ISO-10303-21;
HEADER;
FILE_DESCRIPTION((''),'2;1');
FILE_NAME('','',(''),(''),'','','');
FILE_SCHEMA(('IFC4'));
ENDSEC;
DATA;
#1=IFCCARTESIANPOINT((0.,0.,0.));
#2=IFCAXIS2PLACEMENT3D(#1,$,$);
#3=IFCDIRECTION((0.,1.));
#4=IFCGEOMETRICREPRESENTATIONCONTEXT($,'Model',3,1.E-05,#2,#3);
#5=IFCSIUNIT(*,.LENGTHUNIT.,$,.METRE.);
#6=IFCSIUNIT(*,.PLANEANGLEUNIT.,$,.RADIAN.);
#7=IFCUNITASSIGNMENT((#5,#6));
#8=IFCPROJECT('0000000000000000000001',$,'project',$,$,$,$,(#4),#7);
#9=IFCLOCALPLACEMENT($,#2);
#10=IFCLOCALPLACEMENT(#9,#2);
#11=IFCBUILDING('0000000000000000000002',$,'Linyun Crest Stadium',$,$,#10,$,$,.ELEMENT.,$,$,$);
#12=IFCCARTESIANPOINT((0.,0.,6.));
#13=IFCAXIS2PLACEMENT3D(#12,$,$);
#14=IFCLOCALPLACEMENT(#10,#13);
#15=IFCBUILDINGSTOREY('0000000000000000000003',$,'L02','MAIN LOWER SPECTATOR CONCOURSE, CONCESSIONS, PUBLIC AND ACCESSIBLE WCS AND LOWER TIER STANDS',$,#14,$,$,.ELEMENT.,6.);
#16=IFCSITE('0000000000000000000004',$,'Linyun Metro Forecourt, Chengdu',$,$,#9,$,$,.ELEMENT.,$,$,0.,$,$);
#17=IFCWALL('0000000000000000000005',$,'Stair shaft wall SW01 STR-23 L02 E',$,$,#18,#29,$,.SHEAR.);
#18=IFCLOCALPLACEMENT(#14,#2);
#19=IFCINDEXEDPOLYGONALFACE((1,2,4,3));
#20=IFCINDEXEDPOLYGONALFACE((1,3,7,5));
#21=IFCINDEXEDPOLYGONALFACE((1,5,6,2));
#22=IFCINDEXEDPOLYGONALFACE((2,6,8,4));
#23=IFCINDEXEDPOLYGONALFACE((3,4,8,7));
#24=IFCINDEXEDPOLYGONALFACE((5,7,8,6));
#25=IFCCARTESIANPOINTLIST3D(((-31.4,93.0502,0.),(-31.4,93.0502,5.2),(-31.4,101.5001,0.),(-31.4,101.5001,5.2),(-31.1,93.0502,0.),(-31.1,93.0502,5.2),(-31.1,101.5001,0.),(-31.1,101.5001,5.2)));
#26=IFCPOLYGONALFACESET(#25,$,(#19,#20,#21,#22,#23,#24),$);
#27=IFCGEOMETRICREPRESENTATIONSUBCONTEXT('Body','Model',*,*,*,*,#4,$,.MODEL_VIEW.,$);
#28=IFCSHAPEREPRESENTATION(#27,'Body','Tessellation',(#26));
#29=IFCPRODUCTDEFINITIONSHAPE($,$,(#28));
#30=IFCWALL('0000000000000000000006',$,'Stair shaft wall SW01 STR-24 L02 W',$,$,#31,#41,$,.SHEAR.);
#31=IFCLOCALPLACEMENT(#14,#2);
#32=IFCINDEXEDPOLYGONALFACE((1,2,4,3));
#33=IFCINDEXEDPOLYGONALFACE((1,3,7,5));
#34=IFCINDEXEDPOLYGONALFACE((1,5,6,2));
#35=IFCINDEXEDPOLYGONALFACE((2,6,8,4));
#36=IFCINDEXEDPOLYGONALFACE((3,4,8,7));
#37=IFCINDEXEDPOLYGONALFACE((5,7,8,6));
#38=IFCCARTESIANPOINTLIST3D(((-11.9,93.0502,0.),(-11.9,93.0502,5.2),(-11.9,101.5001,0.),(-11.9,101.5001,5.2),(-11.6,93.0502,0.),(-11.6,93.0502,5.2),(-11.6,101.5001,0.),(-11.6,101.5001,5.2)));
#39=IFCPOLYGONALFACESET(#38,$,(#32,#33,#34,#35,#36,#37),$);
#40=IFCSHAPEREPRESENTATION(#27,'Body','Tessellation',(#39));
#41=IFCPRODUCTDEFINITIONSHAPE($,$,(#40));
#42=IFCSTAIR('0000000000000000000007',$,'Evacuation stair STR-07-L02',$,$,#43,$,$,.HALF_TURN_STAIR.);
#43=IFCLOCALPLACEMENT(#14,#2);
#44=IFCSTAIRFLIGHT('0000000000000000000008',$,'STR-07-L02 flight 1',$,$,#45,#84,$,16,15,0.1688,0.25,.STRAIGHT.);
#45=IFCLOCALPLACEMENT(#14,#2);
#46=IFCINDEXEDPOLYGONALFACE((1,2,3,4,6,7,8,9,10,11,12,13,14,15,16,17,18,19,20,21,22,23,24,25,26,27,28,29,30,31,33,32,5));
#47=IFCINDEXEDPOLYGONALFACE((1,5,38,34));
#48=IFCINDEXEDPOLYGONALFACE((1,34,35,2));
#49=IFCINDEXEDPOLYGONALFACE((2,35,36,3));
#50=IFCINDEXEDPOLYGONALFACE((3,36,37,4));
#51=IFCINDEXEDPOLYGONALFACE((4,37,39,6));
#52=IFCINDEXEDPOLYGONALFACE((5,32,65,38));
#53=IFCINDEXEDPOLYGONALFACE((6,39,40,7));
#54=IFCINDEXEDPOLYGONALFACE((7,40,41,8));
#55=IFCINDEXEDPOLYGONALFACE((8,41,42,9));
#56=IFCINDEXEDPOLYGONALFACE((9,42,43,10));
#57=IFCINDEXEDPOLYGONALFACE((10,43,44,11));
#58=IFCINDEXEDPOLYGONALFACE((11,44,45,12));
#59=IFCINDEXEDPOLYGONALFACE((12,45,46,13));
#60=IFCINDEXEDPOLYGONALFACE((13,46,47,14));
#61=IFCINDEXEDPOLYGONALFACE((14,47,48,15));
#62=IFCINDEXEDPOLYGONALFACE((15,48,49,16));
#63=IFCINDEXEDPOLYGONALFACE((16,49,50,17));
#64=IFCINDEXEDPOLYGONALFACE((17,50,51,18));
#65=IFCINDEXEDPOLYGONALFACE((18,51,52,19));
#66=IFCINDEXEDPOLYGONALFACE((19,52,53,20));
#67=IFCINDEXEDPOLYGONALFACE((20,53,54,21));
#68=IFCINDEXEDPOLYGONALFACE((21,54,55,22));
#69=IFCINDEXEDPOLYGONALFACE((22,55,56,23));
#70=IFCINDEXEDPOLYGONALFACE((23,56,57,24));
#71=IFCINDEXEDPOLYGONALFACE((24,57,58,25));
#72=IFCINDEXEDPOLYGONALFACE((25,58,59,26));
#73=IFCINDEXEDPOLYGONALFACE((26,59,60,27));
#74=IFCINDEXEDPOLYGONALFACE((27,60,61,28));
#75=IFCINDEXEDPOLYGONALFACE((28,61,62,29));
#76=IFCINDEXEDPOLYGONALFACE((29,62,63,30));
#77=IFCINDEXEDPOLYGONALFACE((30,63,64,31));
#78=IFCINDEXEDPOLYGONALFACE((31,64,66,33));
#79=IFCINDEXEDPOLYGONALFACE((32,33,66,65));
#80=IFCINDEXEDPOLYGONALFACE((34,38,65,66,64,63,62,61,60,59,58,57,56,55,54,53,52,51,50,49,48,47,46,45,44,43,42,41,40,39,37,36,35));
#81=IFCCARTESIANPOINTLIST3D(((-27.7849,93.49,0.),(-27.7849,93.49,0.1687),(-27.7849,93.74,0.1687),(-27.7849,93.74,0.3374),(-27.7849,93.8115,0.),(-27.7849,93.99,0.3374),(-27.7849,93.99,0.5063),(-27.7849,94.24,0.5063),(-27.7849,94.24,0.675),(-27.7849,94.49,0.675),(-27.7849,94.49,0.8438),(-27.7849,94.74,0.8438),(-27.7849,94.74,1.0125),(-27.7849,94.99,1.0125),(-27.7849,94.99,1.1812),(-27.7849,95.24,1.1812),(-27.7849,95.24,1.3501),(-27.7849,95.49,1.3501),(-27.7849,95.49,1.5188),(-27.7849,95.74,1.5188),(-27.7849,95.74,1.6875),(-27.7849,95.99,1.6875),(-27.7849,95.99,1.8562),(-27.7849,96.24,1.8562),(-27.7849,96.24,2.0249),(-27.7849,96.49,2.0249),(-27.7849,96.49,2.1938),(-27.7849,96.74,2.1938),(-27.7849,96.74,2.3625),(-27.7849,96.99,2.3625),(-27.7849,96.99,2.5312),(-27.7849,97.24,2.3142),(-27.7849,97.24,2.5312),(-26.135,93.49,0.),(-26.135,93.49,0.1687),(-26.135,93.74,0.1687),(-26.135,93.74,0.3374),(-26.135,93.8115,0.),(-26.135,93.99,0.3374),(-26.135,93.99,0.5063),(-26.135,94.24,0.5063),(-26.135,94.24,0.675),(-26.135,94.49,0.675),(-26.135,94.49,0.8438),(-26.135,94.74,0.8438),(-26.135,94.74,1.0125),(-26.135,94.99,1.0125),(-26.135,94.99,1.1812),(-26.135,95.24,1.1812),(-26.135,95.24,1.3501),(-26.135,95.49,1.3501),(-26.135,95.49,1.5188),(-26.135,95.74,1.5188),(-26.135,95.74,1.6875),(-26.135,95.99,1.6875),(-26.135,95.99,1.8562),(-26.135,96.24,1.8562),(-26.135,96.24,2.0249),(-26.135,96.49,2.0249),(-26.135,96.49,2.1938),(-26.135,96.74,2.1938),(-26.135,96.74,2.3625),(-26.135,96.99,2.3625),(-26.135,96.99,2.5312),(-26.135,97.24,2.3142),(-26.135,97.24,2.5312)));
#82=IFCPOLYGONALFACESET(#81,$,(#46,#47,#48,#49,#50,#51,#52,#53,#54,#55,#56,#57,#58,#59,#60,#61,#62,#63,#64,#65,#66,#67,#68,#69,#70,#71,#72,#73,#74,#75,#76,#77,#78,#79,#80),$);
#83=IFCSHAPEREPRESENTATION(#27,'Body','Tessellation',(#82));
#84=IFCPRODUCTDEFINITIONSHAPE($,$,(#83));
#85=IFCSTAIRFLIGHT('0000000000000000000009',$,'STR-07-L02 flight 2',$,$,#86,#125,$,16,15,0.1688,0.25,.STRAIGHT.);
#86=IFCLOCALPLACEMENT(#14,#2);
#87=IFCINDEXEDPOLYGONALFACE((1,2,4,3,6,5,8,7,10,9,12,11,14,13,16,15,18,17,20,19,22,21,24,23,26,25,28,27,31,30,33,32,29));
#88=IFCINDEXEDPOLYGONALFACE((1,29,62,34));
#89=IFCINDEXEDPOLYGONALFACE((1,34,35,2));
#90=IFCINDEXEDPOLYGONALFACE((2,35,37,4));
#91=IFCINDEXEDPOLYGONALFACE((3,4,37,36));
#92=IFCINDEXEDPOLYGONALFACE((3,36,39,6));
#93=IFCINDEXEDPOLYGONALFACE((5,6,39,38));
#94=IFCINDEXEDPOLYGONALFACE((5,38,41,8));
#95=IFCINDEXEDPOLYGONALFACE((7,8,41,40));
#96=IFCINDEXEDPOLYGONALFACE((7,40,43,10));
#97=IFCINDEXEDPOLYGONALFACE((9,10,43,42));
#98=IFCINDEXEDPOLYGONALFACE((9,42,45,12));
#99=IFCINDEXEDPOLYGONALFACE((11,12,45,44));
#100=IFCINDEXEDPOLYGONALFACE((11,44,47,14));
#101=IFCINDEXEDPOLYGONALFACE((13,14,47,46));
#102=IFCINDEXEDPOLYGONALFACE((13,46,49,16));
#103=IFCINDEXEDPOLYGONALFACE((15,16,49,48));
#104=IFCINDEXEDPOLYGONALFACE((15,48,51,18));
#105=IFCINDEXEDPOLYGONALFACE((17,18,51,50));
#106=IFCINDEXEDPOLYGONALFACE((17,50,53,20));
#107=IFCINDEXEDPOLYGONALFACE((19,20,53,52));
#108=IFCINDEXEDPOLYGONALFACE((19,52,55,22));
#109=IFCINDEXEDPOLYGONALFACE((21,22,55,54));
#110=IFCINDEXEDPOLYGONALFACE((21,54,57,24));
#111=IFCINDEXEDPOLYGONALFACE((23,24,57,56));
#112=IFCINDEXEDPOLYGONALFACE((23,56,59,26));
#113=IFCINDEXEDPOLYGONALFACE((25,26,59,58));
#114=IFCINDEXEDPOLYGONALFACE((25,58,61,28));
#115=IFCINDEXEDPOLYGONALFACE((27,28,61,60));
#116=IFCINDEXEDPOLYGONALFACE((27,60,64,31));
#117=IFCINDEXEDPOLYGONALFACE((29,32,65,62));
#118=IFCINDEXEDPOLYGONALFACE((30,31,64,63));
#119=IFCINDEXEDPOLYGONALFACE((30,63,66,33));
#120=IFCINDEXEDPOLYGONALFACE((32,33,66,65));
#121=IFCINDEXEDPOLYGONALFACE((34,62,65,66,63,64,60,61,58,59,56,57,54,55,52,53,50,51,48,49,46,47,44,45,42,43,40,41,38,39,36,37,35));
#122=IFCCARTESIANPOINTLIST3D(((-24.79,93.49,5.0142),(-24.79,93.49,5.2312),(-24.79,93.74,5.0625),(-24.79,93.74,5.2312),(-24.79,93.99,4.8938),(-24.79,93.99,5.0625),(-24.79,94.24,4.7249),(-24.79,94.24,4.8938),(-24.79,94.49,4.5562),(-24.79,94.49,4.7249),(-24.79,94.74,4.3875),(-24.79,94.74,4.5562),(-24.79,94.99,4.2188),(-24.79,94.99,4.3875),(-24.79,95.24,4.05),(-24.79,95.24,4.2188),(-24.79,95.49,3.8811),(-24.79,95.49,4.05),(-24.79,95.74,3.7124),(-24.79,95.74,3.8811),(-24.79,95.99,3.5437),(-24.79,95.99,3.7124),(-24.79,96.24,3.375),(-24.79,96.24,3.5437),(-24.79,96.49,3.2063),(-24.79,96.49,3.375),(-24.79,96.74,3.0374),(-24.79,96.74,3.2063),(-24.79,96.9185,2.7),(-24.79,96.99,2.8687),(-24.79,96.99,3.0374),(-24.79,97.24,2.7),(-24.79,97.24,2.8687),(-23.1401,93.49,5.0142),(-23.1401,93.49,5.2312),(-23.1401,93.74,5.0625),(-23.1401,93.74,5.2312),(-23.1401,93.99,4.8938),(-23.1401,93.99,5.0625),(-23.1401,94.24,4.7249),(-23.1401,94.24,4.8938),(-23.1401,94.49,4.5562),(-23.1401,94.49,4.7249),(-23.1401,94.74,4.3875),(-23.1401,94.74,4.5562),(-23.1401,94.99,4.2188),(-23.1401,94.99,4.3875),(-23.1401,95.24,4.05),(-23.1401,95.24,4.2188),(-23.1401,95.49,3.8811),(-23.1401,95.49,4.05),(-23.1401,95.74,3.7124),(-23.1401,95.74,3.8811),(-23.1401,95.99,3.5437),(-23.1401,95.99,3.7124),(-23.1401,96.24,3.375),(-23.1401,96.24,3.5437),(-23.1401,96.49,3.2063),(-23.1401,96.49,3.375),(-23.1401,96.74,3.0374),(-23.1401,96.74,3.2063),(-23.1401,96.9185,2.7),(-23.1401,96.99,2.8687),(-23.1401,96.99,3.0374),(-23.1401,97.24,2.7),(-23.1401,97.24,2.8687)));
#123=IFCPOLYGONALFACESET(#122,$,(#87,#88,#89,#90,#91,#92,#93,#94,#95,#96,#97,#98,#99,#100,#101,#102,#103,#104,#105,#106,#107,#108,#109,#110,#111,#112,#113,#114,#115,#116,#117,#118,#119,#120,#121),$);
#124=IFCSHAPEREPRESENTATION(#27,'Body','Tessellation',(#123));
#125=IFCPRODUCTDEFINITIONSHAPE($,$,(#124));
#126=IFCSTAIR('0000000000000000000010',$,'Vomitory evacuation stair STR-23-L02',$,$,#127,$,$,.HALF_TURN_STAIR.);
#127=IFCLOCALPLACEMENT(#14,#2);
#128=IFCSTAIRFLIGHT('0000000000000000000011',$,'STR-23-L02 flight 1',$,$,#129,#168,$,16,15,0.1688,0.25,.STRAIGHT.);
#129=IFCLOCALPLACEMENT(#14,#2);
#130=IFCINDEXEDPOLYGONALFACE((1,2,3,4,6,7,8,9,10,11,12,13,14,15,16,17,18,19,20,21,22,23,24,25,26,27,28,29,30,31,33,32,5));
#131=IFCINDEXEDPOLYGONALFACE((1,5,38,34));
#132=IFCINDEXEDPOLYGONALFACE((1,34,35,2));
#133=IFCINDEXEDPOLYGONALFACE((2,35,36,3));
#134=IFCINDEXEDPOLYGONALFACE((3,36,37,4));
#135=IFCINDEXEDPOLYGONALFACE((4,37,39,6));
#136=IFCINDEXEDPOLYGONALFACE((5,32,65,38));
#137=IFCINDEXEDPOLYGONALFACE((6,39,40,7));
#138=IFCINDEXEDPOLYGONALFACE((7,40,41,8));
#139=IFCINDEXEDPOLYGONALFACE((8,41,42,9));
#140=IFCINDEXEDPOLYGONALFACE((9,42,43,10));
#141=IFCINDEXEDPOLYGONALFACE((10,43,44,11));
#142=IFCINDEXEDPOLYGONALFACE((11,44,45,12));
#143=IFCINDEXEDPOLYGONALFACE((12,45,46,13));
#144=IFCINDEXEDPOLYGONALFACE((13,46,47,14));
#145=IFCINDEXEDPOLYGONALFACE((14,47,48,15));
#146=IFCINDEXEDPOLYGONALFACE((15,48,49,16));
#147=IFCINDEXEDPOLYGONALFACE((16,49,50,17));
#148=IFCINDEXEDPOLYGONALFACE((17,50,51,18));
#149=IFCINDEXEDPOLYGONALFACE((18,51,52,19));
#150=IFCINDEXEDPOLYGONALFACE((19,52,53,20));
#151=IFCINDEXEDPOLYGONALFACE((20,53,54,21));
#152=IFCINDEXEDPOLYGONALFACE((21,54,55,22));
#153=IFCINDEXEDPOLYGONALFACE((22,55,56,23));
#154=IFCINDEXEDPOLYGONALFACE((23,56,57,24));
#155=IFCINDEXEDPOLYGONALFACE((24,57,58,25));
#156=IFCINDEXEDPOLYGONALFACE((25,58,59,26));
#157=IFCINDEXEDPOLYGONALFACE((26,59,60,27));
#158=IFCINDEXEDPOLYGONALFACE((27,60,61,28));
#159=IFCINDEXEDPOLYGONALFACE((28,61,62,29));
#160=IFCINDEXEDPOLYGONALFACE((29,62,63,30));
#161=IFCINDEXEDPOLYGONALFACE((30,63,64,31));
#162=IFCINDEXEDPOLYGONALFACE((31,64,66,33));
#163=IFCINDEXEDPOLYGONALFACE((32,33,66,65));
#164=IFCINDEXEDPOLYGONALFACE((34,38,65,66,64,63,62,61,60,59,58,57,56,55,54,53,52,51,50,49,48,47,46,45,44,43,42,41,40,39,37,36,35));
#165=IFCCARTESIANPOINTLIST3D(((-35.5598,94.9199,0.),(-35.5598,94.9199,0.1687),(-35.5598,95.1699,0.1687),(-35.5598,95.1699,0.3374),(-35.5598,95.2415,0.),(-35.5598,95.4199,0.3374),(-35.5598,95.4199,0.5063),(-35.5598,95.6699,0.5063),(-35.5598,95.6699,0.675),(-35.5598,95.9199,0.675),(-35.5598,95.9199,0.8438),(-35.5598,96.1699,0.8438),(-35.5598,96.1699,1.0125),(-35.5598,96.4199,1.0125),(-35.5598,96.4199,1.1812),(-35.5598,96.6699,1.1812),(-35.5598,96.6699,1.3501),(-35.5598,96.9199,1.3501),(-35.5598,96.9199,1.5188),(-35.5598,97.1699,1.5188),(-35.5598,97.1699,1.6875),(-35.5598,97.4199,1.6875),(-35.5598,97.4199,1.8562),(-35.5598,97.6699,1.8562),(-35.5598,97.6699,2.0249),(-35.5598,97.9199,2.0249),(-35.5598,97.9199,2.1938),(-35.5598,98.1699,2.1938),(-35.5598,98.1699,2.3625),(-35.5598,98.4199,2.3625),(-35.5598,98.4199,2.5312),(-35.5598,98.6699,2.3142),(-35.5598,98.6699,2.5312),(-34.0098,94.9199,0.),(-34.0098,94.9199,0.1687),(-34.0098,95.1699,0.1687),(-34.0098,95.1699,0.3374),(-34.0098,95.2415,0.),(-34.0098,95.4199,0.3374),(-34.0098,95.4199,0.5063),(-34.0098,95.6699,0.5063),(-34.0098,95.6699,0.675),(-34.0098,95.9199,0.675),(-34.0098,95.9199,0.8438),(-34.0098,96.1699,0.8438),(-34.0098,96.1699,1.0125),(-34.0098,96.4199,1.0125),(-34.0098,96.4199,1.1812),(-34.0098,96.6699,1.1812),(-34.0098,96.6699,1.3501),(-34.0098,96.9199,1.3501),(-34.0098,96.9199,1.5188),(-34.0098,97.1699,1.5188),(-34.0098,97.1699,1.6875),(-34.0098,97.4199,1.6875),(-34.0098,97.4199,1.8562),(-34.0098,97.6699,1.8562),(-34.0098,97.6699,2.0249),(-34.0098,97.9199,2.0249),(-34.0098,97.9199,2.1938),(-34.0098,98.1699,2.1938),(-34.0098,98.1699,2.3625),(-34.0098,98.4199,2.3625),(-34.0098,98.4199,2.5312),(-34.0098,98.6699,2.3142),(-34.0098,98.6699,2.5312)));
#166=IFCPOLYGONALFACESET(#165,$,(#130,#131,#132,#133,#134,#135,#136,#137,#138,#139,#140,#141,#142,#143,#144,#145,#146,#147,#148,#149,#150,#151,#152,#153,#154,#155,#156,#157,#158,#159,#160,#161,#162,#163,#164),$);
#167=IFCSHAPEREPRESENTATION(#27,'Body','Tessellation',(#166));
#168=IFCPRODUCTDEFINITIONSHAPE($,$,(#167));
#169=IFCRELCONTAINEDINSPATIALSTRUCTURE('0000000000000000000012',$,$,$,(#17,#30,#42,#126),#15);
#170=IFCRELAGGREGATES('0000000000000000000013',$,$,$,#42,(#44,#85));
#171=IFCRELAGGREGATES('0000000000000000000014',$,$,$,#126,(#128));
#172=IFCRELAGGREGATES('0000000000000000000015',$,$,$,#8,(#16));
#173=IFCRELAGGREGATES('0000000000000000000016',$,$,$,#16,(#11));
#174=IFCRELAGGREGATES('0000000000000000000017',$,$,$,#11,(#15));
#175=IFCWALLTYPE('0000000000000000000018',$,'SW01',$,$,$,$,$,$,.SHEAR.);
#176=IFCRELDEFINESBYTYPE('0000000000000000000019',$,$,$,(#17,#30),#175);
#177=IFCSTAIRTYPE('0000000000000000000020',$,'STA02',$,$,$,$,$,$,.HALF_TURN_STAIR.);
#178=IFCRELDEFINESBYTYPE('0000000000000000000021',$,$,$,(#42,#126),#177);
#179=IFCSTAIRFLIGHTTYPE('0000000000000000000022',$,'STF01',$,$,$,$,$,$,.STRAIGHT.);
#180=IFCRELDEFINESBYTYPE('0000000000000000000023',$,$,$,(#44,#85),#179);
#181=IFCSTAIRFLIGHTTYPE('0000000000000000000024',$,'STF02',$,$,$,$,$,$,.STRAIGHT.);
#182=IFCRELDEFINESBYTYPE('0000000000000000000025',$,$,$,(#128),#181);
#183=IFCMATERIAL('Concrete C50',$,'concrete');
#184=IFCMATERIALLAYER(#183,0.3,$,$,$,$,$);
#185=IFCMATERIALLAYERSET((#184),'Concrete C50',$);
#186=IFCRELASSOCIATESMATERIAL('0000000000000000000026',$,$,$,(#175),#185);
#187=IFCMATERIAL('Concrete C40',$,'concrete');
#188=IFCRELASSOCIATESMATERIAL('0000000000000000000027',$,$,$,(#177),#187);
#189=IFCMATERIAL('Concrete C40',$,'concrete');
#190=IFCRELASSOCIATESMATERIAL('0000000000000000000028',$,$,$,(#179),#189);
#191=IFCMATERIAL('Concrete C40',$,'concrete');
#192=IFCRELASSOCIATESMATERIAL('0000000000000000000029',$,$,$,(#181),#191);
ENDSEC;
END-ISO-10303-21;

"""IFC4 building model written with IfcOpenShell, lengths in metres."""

from ifc_helpers import new_model, si_unit, direction, frame, frame_2d, origin, place, context, subcontext, project, spatial, polyline, rectangle, outline, extrude, material, layer, layer_set, type_object, element, aggregate, save


model = new_model("IFC4")

# Units and contexts
model_context = context("Model", 3, precision=1e-05, world=origin(), true_north=direction((0.0, 1.0)))
body_context = subcontext(model_context, "Body", "Model", "MODEL_VIEW")
ifc_project = project(units=[si_unit("LENGTHUNIT", "METRE"), si_unit("PLANEANGLEUNIT", "RADIAN")], contexts=[model_context])

# Site, building, storey
site_placement = place(None, origin())
site = spatial("IfcSite", under=ifc_project, at=site_placement, Name="Linyun Metro Forecourt, Chengdu", CompositionType="ELEMENT", RefElevation=0.0)
building_placement = place(site_placement, origin())
building = spatial("IfcBuilding", under=site, at=building_placement, Name="Linyun Crest Stadium", CompositionType="ELEMENT")
storey_placement = place(building_placement, frame((0.0, 0.0, 6.0)))
storey = spatial("IfcBuildingStorey", under=building, at=storey_placement, Name="L02", Description="MAIN LOWER SPECTATOR CONCOURSE, CONCESSIONS, PUBLIC AND ACCESSIBLE WCS AND LOWER TIER STANDS", CompositionType="ELEMENT", Elevation=6.0)

# Shared definitions
ifc_material_1 = material(Name="Concrete C50", Category="concrete")
ifc_layer_1 = layer(ifc_material_1, 0.3)
ifc_layer_set_1 = layer_set([ifc_layer_1], Name="Concrete C50")
wall_type_1 = type_object("IfcWallType", Name="SW01", PredefinedType="SHEAR", material=ifc_layer_set_1)

# Walls
for number, where, z_axis, x_axis, name in (
    (1, (-31.25, 93.05, 0.0), (0.0, 0.0, 1.0), (0.0, 1.0, 0.0), "Stair shaft wall SW01 STR-23 L02 E"),
    (2, (-11.75, 93.05, 0.0), (0.0, 0.0, 1.0), (0.0, 1.0, 0.0), "Stair shaft wall SW01 STR-24 L02 W"),
):
    element("IfcWall", number, at=place(storey_placement, frame(where, z_axis=z_axis, x_axis=x_axis)), inside=storey, type_object=wall_type_1, Name=name, PredefinedType="SHEAR", context=body_context, shape_type="SweptSolid", body=[
        extrude(rectangle(XDim=8.45, YDim=0.3, at=frame_2d((4.2251, 0.0))), origin(), (0.0, 0.0, 1.0), 5.2),
    ])

# Stairs, stair flights
ifc_material_2 = material(Name="Concrete C40", Category="concrete")
stair_type = type_object("IfcStairType", Name="STA02", PredefinedType="HALF_TURN_STAIR", material=ifc_material_2)
stair_1_placement = place(storey_placement, origin())
stair_1 = element("IfcStair", 3, at=stair_1_placement, inside=storey, type_object=stair_type, Name="Evacuation stair STR-07-L02", PredefinedType="HALF_TURN_STAIR")
ifc_material_3 = material(Name="Concrete C40", Category="concrete")
stair_flight_type_1 = type_object("IfcStairFlightType", Name="STF01", PredefinedType="STRAIGHT", material=ifc_material_3)
stair_flight_1_placement = place(storey_placement, frame((-26.96, 93.49, 0.0), z_axis=(0.0, 0.0, 1.0), x_axis=(0.0, 1.0, 0.0)))
stair_flight_1 = element("IfcStairFlight", 4, at=stair_flight_1_placement, type_object=stair_flight_type_1, Name="STR-07-L02 flight 1", NumberOfRisers=16, NumberOfTreads=15, PredefinedType="STRAIGHT", RiserHeight=0.1688, TreadLength=0.25, context=body_context, shape_type="SweptSolid", body=[
    extrude(outline(polyline([(0.0, 0.0), (0.0, 0.1687), (0.25, 0.1687), (0.25, 0.3374), (0.5, 0.3374), (0.5, 0.5063), (0.75, 0.5063), (0.75, 0.675), (1.0, 0.675), (1.0, 0.8438), (1.25, 0.8438), (1.25, 1.0125), (1.5, 1.0125), (1.5, 1.1812), (1.75, 1.1812), (1.75, 1.3501), (2.0, 1.3501), (2.0, 1.5188), (2.25, 1.5188), (2.25, 1.6875), (2.5, 1.6875), (2.5, 1.8562), (2.75, 1.8562), (2.75, 2.0249), (3.0, 2.0249), (3.0, 2.1938), (3.25, 2.1938), (3.25, 2.3625), (3.5, 2.3625), (3.5, 2.5312), (3.75, 2.5312), (3.75, 2.7), (3.75, 2.3142), (0.3215, 0.0), (0.0, 0.0)])), frame((0.0, 0.825, 0.0), z_axis=(0.0, -1.0, 0.0), x_axis=(1.0, 0.0, 0.0)), (0.0, 0.0, 1.0), 1.6499),
])
stair_flight_2_placement = place(storey_placement, frame((-23.9651, 97.24, 2.7), z_axis=(0.0, 0.0, 1.0), x_axis=(0.0, -1.0, 0.0)))
stair_flight_2 = element("IfcStairFlight", 5, at=stair_flight_2_placement, type_object=stair_flight_type_1, Name="STR-07-L02 flight 2", NumberOfRisers=16, NumberOfTreads=15, PredefinedType="STRAIGHT", RiserHeight=0.1688, TreadLength=0.25, context=body_context, shape_type="SweptSolid", body=[
    extrude(outline(polyline([(0.0, 0.0), (0.0, 0.1687), (0.25, 0.1687), (0.25, 0.3374), (0.5, 0.3374), (0.5, 0.5063), (0.75, 0.5063), (0.75, 0.675), (1.0, 0.675), (1.0, 0.8438), (1.25, 0.8438), (1.25, 1.0125), (1.5, 1.0125), (1.5, 1.1812), (1.75, 1.1812), (1.75, 1.3501), (2.0, 1.3501), (2.0, 1.5188), (2.25, 1.5188), (2.25, 1.6875), (2.5, 1.6875), (2.5, 1.8562), (2.75, 1.8562), (2.75, 2.0249), (3.0, 2.0249), (3.0, 2.1938), (3.25, 2.1938), (3.25, 2.3625), (3.5, 2.3625), (3.5, 2.5312), (3.75, 2.5312), (3.75, 2.7), (3.75, 2.3142), (0.3215, 0.0), (0.0, 0.0)])), frame((0.0, 0.825, 0.0), z_axis=(0.0, -1.0, 0.0), x_axis=(1.0, 0.0, 0.0)), (0.0, 0.0, 1.0), 1.6499),
])
aggregate(stair_1, [stair_flight_1, stair_flight_2])
stair_2_placement = place(storey_placement, origin())
stair_2 = element("IfcStair", 6, at=stair_2_placement, inside=storey, type_object=stair_type, Name="Vomitory evacuation stair STR-23-L02", PredefinedType="HALF_TURN_STAIR")
ifc_material_4 = material(Name="Concrete C40", Category="concrete")
stair_flight_type_2 = type_object("IfcStairFlightType", Name="STF02", PredefinedType="STRAIGHT", material=ifc_material_4)
stair_flight_3_placement = place(storey_placement, frame((-34.7849, 94.9199, 0.0), z_axis=(0.0, 0.0, 1.0), x_axis=(0.0, 1.0, 0.0)))
stair_flight_3 = element("IfcStairFlight", 7, at=stair_flight_3_placement, type_object=stair_flight_type_2, Name="STR-23-L02 flight 1", NumberOfRisers=16, NumberOfTreads=15, PredefinedType="STRAIGHT", RiserHeight=0.1688, TreadLength=0.25, context=body_context, shape_type="SweptSolid", body=[
    extrude(outline(polyline([(0.0, 0.0), (0.0, 0.1687), (0.25, 0.1687), (0.25, 0.3374), (0.5, 0.3374), (0.5, 0.5063), (0.75, 0.5063), (0.75, 0.675), (1.0, 0.675), (1.0, 0.8438), (1.25, 0.8438), (1.25, 1.0125), (1.5, 1.0125), (1.5, 1.1812), (1.75, 1.1812), (1.75, 1.3501), (2.0, 1.3501), (2.0, 1.5188), (2.25, 1.5188), (2.25, 1.6875), (2.5, 1.6875), (2.5, 1.8562), (2.75, 1.8562), (2.75, 2.0249), (3.0, 2.0249), (3.0, 2.1938), (3.25, 2.1938), (3.25, 2.3625), (3.5, 2.3625), (3.5, 2.5312), (3.75, 2.5312), (3.75, 2.7), (3.75, 2.3142), (0.3215, 0.0), (0.0, 0.0)])), frame((0.0, 0.7749, 0.0), z_axis=(0.0, -1.0, 0.0), x_axis=(1.0, 0.0, 0.0)), (0.0, 0.0, 1.0), 1.55),
])
aggregate(stair_2, [stair_flight_3])

save(model, "model.ifc")
